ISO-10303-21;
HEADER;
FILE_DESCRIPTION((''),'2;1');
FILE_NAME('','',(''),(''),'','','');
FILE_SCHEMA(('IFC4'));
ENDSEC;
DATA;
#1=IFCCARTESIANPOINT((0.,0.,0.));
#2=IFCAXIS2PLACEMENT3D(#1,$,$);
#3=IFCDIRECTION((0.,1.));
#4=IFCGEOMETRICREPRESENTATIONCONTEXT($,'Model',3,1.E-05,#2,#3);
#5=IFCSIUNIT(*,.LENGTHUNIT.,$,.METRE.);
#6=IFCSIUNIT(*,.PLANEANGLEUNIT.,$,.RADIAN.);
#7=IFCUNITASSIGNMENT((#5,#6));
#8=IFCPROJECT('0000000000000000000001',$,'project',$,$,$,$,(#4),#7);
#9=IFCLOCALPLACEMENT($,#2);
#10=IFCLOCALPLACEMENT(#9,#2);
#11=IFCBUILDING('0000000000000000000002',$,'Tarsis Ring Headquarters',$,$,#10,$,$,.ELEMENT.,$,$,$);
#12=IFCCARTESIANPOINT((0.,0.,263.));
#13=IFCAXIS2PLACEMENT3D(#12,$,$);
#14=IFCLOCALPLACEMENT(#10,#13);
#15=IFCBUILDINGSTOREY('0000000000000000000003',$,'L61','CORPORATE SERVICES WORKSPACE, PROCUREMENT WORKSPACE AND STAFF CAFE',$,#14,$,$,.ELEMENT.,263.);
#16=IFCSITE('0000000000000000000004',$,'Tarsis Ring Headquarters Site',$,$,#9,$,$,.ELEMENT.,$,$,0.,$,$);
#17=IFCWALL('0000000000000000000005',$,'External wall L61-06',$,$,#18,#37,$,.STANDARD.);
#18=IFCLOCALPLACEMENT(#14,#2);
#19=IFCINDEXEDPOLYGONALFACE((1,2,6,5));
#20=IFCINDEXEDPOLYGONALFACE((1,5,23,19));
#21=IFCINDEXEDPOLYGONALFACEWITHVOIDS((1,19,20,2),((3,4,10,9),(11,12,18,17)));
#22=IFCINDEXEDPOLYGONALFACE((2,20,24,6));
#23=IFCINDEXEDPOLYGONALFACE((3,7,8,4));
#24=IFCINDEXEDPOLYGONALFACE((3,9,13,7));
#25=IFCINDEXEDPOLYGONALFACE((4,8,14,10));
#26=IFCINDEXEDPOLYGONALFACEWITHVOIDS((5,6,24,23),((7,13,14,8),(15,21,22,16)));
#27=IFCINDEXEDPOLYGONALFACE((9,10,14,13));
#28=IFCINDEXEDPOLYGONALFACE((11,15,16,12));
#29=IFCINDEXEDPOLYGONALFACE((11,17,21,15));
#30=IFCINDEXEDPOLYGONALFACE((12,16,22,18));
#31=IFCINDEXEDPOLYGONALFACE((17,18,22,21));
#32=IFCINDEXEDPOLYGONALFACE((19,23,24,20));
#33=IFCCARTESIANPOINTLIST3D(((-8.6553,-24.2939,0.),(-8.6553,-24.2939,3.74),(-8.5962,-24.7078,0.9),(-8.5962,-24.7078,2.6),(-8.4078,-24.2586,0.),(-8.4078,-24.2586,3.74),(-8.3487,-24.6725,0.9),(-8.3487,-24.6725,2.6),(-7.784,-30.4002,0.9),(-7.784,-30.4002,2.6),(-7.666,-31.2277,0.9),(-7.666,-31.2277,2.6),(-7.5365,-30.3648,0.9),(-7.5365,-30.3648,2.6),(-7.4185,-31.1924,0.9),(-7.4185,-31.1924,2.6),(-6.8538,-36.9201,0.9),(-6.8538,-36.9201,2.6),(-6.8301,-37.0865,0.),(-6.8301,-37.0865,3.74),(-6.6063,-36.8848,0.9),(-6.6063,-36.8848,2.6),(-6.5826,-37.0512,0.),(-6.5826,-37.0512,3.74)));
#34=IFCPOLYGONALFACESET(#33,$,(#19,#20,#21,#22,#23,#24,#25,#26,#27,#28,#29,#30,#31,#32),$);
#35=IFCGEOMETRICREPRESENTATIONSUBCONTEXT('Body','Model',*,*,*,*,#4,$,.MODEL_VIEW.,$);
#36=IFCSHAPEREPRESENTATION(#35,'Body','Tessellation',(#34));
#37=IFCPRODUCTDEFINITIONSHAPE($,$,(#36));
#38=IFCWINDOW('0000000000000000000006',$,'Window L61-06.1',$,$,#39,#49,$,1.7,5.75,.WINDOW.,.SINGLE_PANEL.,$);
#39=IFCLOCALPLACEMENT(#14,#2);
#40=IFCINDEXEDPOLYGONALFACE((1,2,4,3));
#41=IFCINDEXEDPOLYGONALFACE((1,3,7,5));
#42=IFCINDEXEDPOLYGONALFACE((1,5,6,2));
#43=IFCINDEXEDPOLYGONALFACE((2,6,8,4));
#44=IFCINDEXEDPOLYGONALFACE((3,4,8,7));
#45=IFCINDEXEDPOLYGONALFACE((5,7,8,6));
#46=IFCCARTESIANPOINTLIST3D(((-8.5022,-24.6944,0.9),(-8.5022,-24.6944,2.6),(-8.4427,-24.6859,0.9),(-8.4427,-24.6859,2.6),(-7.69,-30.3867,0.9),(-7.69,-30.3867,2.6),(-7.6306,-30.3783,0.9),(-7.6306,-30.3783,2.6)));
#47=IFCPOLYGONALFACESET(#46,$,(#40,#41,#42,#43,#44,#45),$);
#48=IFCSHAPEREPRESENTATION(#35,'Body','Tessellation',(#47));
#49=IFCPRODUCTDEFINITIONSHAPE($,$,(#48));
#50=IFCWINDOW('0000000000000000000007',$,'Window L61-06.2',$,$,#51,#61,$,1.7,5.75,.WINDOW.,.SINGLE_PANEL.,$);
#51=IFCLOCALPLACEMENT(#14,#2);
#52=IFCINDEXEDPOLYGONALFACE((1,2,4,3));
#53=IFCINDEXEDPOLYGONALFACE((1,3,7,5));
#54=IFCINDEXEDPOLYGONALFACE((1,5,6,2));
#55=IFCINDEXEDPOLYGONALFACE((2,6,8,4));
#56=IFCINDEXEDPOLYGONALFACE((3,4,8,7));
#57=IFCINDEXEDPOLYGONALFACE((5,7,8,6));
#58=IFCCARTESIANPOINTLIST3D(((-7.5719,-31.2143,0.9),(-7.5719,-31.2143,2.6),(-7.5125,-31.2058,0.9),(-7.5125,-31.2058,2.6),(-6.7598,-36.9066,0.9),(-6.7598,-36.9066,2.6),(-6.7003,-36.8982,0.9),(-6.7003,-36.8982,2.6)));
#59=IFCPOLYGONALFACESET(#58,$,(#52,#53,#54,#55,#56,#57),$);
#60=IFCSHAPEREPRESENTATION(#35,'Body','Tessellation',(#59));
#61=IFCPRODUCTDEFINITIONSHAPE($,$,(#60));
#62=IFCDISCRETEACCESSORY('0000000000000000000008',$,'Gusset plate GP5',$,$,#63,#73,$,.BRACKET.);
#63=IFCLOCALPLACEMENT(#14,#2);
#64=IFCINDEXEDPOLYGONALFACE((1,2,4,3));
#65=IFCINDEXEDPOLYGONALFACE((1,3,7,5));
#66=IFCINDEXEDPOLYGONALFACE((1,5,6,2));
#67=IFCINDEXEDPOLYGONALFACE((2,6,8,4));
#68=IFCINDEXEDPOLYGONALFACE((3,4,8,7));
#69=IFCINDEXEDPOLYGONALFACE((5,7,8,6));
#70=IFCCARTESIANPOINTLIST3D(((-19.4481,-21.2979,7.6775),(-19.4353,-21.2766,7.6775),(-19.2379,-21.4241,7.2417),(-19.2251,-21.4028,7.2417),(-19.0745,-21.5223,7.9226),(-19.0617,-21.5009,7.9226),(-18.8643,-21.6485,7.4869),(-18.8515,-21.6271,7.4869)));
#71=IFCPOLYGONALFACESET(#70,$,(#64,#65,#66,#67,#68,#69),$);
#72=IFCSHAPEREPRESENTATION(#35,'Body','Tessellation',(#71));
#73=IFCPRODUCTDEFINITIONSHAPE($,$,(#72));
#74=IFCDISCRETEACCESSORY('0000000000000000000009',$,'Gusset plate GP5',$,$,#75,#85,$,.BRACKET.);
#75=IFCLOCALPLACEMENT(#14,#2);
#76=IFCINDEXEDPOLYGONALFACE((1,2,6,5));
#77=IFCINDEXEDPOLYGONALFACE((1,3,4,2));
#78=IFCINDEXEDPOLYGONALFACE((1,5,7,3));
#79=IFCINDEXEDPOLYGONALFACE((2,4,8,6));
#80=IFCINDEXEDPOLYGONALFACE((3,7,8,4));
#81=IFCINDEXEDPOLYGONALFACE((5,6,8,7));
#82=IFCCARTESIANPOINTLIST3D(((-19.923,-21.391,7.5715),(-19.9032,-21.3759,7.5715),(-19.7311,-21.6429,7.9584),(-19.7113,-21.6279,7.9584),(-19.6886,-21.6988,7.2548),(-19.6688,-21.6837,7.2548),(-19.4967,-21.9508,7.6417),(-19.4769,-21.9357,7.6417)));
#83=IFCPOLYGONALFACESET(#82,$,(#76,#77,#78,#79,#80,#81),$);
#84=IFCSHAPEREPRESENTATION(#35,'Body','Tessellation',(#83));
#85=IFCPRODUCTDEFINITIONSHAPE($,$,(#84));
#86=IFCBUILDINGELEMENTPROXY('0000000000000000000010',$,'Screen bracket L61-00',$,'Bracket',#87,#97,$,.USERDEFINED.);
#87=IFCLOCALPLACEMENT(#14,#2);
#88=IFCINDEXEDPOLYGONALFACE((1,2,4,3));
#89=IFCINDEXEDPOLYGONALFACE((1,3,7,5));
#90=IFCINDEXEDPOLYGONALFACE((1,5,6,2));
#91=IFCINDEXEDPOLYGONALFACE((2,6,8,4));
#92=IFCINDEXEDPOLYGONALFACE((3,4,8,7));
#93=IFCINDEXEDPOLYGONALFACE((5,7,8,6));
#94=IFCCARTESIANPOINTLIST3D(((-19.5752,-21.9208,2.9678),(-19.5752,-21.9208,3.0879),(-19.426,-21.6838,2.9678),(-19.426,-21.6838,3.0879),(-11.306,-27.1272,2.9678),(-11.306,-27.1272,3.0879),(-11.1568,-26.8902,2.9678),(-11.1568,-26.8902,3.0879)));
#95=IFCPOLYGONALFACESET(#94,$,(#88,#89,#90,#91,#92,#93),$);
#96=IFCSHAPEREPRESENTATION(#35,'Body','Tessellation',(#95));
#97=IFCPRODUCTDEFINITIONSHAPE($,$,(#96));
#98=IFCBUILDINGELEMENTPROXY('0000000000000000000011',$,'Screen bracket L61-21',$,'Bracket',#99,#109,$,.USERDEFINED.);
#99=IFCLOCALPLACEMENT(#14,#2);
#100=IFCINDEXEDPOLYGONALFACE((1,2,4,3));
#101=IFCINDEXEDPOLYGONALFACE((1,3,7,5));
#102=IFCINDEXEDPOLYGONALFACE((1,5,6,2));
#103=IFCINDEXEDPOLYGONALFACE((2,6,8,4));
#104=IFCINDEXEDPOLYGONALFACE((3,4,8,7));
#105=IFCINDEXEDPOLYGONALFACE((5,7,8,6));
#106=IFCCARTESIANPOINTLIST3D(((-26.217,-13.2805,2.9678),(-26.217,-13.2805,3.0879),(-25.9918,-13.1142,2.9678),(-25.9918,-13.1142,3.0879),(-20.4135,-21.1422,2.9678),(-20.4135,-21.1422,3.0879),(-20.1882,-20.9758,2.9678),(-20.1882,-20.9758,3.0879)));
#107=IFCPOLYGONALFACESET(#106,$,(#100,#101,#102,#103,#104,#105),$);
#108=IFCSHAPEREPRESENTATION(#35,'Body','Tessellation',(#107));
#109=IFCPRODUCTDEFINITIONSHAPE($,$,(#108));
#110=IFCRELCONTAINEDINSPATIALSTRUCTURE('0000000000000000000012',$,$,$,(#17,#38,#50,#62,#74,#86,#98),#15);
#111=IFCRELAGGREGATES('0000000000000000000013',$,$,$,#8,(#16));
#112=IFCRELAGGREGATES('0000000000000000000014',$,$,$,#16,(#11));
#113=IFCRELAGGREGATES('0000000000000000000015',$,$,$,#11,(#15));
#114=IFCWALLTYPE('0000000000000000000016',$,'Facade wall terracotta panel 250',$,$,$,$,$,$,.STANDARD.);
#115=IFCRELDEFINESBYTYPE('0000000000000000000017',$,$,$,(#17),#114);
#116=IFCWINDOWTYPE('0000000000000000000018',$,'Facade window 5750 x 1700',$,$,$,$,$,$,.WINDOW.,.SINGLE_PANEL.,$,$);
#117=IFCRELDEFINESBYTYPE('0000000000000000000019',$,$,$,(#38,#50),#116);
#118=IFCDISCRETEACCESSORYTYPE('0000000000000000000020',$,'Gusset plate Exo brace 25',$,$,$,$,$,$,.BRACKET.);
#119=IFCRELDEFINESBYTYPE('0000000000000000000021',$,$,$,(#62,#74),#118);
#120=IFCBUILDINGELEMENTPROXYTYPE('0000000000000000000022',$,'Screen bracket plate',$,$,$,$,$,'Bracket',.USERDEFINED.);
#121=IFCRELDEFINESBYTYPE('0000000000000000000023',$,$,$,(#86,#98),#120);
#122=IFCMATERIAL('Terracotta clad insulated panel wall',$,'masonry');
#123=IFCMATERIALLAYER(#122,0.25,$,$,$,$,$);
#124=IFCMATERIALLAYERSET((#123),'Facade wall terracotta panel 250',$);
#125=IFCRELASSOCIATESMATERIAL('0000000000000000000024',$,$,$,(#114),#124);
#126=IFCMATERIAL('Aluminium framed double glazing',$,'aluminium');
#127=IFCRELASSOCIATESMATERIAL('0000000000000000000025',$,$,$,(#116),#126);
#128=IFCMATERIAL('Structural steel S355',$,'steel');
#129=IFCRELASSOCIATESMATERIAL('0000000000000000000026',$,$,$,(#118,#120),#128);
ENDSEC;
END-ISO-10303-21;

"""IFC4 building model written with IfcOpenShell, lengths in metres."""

from ifc_helpers import new_model, si_unit, direction, frame, frame_2d, origin, origin_2d, place, context, subcontext, project, spatial, rectangle, extrude, material, layer, layer_set, material_profile, profile_set, type_object, element, fill, save


model = new_model("IFC4")

# Units and contexts
model_context = context("Model", 3, precision=1e-05, world=origin(), true_north=direction((0.0, 1.0)))
body_context = subcontext(model_context, "Body", "Model", "MODEL_VIEW")
ifc_project = project(units=[si_unit("LENGTHUNIT", "METRE"), si_unit("PLANEANGLEUNIT", "RADIAN")], contexts=[model_context])

# Site, building, storey
site_placement = place(None, origin())
site = spatial("IfcSite", under=ifc_project, at=site_placement, Name="Tarsis Ring Headquarters Site", CompositionType="ELEMENT", RefElevation=0.0)
building_placement = place(site_placement, origin())
building = spatial("IfcBuilding", under=site, at=building_placement, Name="Tarsis Ring Headquarters", CompositionType="ELEMENT")
storey_placement = place(building_placement, frame((0.0, 0.0, 263.0)))
storey = spatial("IfcBuildingStorey", under=building, at=storey_placement, Name="L61", Description="CORPORATE SERVICES WORKSPACE, PROCUREMENT WORKSPACE AND STAFF CAFE", CompositionType="ELEMENT", Elevation=263.0)

# Shared definitions
ifc_material_1 = material(Name="Structural steel S355", Category="steel")

# Shared definitions
ifc_material_2 = material(Name="Terracotta clad insulated panel wall", Category="masonry")
ifc_layer_1 = layer(ifc_material_2, 0.25)
ifc_layer_set_1 = layer_set([ifc_layer_1], Name="Facade wall terracotta panel 250")
wall_type_1 = type_object("IfcWallType", Name="Facade wall terracotta panel 250", PredefinedType="STANDARD", material=ifc_layer_set_1)
ifc_material_3 = material(Name="Aluminium framed double glazing", Category="aluminium")

# Wall, openings, windows
wall_1_placement = place(storey_placement, frame((-8.5315, -24.2764, 0.0), z_axis=(0.0, 0.0, 1.0), x_axis=(0.141247, -0.989974, 0.0)))
wall_1 = element("IfcWall", 1, at=wall_1_placement, inside=storey, type_object=wall_type_1, Name="External wall L61-06", PredefinedType="STANDARD", context=body_context, shape_type="SweptSolid", body=[
    extrude(rectangle(XDim=12.9221, YDim=0.25, at=frame_2d((6.4609, 0.0))), origin(), (0.0, 0.0, 1.0), 3.74),
])
opening_1_placement = place(wall_1_placement, frame((0.418, 0.0, 0.8999)))
opening_1 = element("IfcOpeningElement", 2, at=opening_1_placement, cuts=wall_1, PredefinedType="OPENING", context=body_context, shape_type="SweptSolid", body=[
    extrude(rectangle(XDim=5.75, YDim=1.7, at=frame_2d((2.875, 0.8501))), frame((0.0, 0.135, 0.0), z_axis=(0.0, -1.0, 0.0), x_axis=(1.0, 0.0, 0.0)), (0.0, 0.0, 1.0), 0.27),
])
opening_2_placement = place(wall_1_placement, frame((7.0039, 0.0, 0.8999)))
opening_2 = element("IfcOpeningElement", 3, at=opening_2_placement, cuts=wall_1, PredefinedType="OPENING", context=body_context, shape_type="SweptSolid", body=[
    extrude(rectangle(XDim=5.75, YDim=1.7, at=frame_2d((2.875, 0.8501))), frame((0.0, 0.135, 0.0), z_axis=(0.0, -1.0, 0.0), x_axis=(1.0, 0.0, 0.0)), (0.0, 0.0, 1.0), 0.27),
])
window_type_1 = type_object("IfcWindowType", Name="Facade window 5750 x 1700", PartitioningType="SINGLE_PANEL", PredefinedType="WINDOW", material=ifc_material_3)
window_1_placement = place(opening_1_placement, origin())
window_1 = element("IfcWindow", 4, at=window_1_placement, inside=storey, type_object=window_type_1, Name="Window L61-06.1", OverallHeight=1.7, OverallWidth=5.75, PartitioningType="SINGLE_PANEL", PredefinedType="WINDOW", context=body_context, shape_type="SweptSolid", body=[
    extrude(rectangle(XDim=5.75, YDim=1.7, at=frame_2d((2.875, 0.8501))), frame((0.0, 0.03, 0.0), z_axis=(0.0, -1.0, 0.0), x_axis=(1.0, 0.0, 0.0)), (0.0, 0.0, 1.0), 0.0601),
])
fill(opening_1, window_1)
window_2_placement = place(opening_2_placement, origin())
window_2 = element("IfcWindow", 5, at=window_2_placement, inside=storey, type_object=window_type_1, Name="Window L61-06.2", OverallHeight=1.7, OverallWidth=5.75, PartitioningType="SINGLE_PANEL", PredefinedType="WINDOW", context=body_context, shape_type="SweptSolid", body=[
    extrude(rectangle(XDim=5.75, YDim=1.7, at=frame_2d((2.875, 0.8501))), frame((0.0, 0.03, 0.0), z_axis=(0.0, -1.0, 0.0), x_axis=(1.0, 0.0, 0.0)), (0.0, 0.0, 1.0), 0.0601),
])
fill(opening_2, window_2)

# Discrete accessories
ifc_material_profile_1 = material_profile(ifc_material_1, rectangle(XDim=0.0249, YDim=0.5, at=origin_2d()), Name="PL 25x500")
ifc_profile_set_1 = profile_set([ifc_material_profile_1], Name="Structural steel S355")
discrete_accessory_type = type_object("IfcDiscreteAccessoryType", Name="Gusset plate Exo brace 25", PredefinedType="BRACKET", material=ifc_profile_set_1)
for number, where, z_axis, x_axis, name in (
    (6, (-19.2549, -21.3994, 7.8), (0.420384, -0.252425, -0.871527), (0.514789, 0.857317, 0.0), "Gusset plate GP5"),
    (7, (-19.604, -21.7893, 7.8), (-0.383755, 0.503862, -0.773857), (-0.795538, -0.605904, 0.0), "Gusset plate GP5"),
):
    element("IfcDiscreteAccessory", number, at=place(storey_placement, frame(where, z_axis=z_axis, x_axis=x_axis)), inside=storey, type_object=discrete_accessory_type, Name=name, PredefinedType="BRACKET", context=body_context, shape_type="SweptSolid", body=[
        extrude(rectangle(XDim=0.0249, YDim=0.5, at=origin_2d()), origin(), (0.0, 0.0, 1.0), 0.5),
    ])

# Building element proxies
building_element_proxy_type = type_object("IfcBuildingElementProxyType", Name="Screen bracket plate", ElementType="Bracket", PredefinedType="USERDEFINED", material=ifc_material_1)
for number, where, z_axis, x_axis, name in (
    (8, (-15.366, -24.4055, 2.9678), (0.0, 0.0, 1.0), (0.84624, -0.532803, 0.0), "Screen bracket L61-00"),
    (9, (-23.2026, -17.1282, 2.9678), (0.0, 0.0, 1.0), (0.593911, -0.804531, 0.0), "Screen bracket L61-21"),
):
    element("IfcBuildingElementProxy", number, at=place(storey_placement, frame(where, z_axis=z_axis, x_axis=x_axis)), inside=storey, type_object=building_element_proxy_type, Name=name, ObjectType="Bracket", PredefinedType="USERDEFINED", context=body_context, shape_type="SweptSolid", body=[
        extrude(rectangle(XDim=9.7717, YDim=0.28, at=origin_2d()), origin(), (0.0, 0.0, 1.0), 0.1201),
    ])

save(model, "model.ifc")
